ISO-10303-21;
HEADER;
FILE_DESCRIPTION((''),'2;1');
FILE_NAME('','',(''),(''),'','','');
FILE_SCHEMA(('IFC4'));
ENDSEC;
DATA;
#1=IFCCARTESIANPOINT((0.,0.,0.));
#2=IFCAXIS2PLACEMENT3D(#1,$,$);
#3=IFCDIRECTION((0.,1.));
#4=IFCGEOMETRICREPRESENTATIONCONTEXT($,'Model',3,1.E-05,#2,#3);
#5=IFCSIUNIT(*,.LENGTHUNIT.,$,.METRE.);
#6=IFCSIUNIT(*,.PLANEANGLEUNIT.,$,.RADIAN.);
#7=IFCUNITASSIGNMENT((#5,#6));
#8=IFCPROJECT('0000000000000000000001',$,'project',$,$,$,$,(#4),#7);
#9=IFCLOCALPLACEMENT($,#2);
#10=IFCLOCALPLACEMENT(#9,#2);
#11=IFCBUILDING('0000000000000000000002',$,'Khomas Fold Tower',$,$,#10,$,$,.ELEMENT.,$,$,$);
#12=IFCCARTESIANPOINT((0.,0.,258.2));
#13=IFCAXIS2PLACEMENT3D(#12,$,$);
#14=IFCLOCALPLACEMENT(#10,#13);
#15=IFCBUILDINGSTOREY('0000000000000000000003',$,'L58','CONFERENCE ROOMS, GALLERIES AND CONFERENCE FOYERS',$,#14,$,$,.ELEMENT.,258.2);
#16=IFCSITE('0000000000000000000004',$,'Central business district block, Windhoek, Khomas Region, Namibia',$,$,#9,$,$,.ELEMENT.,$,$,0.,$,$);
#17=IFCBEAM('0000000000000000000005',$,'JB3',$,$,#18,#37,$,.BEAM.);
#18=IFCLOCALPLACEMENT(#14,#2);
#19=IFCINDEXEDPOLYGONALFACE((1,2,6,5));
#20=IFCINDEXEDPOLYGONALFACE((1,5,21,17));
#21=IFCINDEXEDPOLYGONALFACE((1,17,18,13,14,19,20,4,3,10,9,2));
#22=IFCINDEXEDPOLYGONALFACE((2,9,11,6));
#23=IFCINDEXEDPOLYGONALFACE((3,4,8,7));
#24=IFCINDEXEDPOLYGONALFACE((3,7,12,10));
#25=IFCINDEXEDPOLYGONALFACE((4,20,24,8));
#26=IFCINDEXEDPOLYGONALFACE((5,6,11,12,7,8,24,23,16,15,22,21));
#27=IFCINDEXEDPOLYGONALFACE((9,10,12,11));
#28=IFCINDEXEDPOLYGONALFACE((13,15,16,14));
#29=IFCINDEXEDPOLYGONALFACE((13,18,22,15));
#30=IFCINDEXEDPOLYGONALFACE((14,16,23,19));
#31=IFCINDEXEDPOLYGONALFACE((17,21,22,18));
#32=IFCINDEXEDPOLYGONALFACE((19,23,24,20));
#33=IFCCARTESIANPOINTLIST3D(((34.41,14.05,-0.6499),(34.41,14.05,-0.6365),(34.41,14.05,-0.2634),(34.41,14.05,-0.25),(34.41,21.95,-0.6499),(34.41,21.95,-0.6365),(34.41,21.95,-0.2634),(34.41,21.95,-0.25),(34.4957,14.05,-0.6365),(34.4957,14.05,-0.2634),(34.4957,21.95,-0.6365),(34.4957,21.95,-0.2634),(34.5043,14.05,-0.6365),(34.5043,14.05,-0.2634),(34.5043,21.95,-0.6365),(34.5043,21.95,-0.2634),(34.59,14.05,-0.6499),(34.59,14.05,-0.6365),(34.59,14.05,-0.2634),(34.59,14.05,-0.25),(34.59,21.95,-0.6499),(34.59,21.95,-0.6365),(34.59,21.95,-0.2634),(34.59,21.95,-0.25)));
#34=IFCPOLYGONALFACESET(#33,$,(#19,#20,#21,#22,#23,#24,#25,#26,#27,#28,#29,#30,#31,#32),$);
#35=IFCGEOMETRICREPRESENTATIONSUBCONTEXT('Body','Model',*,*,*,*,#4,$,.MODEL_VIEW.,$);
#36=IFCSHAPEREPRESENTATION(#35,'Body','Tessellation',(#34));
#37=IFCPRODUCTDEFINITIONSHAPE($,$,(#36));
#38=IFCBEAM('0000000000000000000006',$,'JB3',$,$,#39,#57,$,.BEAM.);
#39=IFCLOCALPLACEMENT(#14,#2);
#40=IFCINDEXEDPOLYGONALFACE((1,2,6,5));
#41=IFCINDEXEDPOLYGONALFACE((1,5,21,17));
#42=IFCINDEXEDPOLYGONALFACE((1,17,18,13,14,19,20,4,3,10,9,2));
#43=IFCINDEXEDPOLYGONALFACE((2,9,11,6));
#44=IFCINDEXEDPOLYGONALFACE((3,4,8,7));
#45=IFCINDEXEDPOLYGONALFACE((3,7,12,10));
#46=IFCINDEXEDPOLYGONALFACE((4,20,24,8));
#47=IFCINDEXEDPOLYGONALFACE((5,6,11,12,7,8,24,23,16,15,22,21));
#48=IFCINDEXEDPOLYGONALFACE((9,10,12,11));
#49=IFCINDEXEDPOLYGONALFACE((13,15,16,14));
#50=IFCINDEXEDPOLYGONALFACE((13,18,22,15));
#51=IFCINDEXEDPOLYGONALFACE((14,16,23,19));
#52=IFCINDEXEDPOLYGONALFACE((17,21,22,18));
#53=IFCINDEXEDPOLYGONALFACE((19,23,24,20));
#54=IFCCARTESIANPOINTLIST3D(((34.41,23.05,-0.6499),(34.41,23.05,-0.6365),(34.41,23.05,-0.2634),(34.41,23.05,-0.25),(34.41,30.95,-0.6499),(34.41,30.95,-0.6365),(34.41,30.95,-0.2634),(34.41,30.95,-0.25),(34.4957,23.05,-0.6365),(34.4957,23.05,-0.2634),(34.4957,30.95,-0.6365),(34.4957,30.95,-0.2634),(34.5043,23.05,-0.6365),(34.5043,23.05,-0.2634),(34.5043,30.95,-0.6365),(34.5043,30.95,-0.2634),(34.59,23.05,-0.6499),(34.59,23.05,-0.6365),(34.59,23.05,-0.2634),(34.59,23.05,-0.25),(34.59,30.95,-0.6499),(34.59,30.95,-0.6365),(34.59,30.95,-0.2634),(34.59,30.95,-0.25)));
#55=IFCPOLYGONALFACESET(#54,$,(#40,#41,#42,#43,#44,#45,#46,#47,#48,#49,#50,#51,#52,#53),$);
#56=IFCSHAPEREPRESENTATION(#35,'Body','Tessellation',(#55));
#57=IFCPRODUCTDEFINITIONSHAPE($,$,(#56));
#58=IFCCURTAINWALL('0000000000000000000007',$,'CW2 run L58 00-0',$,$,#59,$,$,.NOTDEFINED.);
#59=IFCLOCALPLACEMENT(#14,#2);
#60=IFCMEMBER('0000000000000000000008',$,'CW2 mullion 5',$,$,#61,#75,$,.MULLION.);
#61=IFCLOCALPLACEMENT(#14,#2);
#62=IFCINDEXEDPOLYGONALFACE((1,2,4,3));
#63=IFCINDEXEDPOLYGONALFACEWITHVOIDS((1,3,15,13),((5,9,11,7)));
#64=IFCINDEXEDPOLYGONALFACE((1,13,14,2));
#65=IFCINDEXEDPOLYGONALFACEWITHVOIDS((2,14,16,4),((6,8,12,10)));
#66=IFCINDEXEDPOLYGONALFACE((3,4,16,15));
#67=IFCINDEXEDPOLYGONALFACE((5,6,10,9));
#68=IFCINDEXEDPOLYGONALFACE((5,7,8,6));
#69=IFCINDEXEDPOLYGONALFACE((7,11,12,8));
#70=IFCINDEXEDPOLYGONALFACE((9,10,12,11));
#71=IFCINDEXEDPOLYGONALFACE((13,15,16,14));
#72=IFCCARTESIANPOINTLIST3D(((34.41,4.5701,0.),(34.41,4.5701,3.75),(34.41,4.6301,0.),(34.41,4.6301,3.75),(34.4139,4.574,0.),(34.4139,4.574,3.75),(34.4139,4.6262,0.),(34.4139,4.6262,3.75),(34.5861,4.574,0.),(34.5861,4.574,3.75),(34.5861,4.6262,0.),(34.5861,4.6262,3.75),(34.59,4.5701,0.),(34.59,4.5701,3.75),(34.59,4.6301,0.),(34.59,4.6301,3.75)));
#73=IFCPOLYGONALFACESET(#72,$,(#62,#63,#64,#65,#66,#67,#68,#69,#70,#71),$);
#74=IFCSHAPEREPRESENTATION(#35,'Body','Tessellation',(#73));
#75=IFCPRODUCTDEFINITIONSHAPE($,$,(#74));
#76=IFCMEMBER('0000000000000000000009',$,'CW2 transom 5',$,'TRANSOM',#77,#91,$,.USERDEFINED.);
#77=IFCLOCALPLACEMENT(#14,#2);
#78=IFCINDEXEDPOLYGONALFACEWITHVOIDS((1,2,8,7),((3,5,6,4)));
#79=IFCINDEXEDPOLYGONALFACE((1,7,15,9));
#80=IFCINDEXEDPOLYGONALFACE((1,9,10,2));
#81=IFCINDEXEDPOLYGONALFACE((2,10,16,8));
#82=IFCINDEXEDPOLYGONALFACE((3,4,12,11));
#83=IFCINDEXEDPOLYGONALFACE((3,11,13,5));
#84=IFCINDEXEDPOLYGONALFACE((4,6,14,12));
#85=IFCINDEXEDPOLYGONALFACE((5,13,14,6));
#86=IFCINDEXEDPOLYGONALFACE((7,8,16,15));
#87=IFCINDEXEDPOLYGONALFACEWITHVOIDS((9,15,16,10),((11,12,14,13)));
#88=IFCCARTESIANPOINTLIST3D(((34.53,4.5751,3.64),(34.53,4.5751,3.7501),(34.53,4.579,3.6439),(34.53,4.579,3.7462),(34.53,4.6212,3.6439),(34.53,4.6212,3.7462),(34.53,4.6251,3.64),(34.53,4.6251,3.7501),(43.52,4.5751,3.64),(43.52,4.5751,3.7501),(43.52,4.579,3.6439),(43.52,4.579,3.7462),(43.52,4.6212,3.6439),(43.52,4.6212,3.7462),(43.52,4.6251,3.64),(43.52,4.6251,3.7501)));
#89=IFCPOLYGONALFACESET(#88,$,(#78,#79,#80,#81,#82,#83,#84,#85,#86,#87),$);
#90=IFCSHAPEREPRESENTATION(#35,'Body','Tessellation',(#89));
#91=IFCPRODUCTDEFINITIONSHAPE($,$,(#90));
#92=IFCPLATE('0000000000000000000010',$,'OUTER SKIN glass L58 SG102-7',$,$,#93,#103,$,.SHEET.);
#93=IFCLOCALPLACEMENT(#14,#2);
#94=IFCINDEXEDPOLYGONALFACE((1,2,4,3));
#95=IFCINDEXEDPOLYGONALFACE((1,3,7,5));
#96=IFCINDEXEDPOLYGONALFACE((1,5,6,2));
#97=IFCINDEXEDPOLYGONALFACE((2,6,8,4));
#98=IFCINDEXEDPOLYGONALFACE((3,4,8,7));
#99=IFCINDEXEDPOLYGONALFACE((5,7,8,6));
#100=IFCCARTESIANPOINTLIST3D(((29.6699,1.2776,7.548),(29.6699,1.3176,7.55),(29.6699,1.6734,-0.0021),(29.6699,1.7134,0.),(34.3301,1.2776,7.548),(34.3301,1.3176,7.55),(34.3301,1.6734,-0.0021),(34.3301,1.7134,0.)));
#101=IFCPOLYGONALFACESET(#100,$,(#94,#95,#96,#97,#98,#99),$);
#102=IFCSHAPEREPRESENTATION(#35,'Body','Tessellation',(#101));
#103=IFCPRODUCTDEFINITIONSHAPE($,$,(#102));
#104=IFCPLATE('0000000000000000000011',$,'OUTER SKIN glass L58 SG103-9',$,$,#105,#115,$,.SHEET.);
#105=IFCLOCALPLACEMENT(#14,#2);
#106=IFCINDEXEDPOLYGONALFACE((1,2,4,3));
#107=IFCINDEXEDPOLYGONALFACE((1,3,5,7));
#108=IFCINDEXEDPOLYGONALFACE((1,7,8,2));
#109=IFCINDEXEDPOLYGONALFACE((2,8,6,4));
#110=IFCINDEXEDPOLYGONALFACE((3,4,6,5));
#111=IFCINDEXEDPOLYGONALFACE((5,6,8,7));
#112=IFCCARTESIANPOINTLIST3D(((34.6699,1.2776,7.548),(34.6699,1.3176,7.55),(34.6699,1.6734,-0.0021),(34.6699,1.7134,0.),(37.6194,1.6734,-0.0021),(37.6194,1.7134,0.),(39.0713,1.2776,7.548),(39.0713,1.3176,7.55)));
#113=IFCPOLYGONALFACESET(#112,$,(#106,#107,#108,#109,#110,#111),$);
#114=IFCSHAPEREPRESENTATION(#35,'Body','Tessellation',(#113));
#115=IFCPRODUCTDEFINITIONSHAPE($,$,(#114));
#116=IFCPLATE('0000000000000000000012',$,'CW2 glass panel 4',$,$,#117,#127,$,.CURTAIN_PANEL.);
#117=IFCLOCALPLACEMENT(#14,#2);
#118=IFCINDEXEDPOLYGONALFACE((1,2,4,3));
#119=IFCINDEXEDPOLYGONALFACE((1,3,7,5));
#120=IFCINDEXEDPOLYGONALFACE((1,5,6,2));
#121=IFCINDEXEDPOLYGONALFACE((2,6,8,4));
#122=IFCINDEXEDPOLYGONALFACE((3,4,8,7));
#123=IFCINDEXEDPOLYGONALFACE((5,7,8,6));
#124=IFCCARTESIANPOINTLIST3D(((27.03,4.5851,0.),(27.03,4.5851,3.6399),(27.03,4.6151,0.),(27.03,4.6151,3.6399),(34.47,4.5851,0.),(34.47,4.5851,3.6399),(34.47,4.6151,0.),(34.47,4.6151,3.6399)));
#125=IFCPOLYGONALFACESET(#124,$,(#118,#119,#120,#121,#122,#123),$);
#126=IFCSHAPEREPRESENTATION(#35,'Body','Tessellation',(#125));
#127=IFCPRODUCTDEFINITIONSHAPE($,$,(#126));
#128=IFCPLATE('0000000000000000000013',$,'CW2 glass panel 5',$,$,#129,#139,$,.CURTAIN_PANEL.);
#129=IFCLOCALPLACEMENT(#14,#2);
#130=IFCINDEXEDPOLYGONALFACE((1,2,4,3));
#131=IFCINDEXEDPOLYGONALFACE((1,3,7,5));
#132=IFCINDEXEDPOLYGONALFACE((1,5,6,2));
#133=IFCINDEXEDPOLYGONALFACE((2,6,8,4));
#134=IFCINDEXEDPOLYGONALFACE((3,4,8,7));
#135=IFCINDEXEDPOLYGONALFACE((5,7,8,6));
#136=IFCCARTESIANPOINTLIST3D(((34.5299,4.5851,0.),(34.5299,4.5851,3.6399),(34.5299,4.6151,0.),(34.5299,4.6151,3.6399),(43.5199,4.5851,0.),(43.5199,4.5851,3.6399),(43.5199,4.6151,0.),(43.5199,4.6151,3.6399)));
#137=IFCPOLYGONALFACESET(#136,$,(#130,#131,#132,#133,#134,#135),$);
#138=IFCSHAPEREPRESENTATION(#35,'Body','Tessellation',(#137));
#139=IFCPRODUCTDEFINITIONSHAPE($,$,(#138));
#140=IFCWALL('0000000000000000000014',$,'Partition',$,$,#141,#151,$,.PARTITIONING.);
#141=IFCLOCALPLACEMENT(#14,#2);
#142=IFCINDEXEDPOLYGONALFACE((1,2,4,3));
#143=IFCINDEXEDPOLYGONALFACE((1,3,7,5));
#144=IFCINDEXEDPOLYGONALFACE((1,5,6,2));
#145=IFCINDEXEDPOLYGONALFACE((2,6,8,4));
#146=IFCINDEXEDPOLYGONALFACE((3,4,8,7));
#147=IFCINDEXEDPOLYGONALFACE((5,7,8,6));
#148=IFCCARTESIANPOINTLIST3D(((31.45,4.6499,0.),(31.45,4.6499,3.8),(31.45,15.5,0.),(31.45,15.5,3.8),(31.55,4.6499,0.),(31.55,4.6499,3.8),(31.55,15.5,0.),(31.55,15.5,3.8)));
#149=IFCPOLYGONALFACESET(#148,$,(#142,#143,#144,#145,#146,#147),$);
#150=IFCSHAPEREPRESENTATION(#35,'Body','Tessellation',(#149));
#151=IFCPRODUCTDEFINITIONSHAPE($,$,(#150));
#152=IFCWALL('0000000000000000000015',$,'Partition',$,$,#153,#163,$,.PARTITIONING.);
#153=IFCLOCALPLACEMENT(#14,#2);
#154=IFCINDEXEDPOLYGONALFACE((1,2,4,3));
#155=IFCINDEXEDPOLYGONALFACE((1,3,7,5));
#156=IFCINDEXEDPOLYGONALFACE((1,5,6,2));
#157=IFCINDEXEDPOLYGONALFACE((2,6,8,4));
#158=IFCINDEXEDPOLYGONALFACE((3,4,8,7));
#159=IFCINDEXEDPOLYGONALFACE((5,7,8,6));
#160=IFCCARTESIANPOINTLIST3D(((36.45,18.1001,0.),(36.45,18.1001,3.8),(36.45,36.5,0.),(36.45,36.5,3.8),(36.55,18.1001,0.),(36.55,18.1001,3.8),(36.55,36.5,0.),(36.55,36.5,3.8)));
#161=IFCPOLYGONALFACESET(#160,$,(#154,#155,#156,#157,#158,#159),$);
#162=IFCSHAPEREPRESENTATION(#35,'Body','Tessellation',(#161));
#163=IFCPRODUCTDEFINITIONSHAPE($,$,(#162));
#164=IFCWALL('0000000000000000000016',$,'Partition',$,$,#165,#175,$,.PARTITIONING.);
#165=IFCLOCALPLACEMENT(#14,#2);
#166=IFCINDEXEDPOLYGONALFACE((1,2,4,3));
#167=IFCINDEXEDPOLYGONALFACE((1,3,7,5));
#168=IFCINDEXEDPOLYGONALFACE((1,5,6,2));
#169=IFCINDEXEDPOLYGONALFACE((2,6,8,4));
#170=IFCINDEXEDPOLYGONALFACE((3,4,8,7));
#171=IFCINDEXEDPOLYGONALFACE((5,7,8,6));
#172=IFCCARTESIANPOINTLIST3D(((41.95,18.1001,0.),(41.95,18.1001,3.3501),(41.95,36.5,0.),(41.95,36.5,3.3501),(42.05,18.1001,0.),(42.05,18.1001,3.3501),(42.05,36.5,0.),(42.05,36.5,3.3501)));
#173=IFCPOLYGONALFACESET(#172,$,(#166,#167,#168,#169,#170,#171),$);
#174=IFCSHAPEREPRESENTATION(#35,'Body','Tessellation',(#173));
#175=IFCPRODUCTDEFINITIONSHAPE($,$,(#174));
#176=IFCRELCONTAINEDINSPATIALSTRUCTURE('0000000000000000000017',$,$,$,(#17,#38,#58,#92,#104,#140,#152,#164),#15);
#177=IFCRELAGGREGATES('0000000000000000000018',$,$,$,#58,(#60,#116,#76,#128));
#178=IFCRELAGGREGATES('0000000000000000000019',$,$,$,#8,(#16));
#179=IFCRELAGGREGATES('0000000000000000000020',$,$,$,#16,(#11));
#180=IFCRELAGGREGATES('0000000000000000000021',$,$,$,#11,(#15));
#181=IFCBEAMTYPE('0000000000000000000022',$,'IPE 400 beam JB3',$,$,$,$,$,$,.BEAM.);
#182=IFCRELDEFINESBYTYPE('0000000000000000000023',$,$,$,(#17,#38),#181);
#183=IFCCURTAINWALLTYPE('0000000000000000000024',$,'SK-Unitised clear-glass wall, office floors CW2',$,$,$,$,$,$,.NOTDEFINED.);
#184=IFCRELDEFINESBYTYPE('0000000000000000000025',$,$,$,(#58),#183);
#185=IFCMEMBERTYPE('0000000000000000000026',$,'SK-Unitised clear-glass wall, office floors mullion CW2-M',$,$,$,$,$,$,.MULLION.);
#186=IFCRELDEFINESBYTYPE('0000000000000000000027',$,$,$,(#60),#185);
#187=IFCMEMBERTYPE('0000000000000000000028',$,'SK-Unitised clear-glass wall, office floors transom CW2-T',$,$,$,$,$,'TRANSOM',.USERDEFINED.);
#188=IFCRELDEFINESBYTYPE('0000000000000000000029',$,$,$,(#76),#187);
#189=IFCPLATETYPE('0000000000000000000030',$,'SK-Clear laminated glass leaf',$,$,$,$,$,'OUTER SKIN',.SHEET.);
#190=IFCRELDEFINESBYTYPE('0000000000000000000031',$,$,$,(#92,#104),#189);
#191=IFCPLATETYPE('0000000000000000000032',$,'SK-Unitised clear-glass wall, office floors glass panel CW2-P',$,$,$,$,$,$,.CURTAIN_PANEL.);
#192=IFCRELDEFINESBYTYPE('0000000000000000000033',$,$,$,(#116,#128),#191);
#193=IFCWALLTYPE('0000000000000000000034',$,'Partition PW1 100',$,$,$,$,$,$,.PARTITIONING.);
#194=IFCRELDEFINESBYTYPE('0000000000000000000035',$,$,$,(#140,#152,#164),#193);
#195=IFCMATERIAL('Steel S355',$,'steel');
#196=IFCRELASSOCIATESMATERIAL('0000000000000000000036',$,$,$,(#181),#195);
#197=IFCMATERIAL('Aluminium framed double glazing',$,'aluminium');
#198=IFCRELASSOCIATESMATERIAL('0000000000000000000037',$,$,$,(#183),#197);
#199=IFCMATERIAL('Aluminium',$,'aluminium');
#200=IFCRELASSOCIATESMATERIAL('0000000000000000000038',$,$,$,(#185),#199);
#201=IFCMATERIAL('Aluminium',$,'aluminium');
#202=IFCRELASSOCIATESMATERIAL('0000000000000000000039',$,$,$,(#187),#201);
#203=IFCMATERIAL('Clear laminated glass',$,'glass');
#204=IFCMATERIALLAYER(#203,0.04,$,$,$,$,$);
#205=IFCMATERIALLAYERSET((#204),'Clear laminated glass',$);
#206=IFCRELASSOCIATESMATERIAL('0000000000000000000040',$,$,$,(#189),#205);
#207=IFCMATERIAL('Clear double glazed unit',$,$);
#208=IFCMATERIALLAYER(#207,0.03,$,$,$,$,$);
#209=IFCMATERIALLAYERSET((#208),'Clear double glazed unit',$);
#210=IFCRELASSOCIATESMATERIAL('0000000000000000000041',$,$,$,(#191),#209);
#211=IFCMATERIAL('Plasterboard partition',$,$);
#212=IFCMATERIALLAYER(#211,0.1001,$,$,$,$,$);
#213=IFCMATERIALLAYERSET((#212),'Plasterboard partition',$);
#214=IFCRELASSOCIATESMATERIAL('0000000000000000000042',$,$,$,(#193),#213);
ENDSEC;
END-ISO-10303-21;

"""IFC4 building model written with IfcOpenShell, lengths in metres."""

from ifc_helpers import new_model, si_unit, direction, frame, frame_2d, origin, origin_2d, place, context, subcontext, project, spatial, polyline, rectangle, hollow_rectangle, i_section, outline, extrude, source, transform, mapped, material, layer, layer_set, material_profile, profile_set, type_object, element, aggregate, save


model = new_model("IFC4")

# Units and contexts
model_context = context("Model", 3, precision=1e-05, world=origin(), true_north=direction((0.0, 1.0)))
body_context = subcontext(model_context, "Body", "Model", "MODEL_VIEW")
ifc_project = project(units=[si_unit("LENGTHUNIT", "METRE"), si_unit("PLANEANGLEUNIT", "RADIAN")], contexts=[model_context])

# Site, building, storey
site_placement = place(None, origin())
site = spatial("IfcSite", under=ifc_project, at=site_placement, Name="Central business district block, Windhoek, Khomas Region, Namibia", CompositionType="ELEMENT", RefElevation=0.0)
building_placement = place(site_placement, origin())
building = spatial("IfcBuilding", under=site, at=building_placement, Name="Khomas Fold Tower", CompositionType="ELEMENT")
storey_placement = place(building_placement, frame((0.0, 0.0, 258.2)))
storey = spatial("IfcBuildingStorey", under=building, at=storey_placement, Name="L58", Description="CONFERENCE ROOMS, GALLERIES AND CONFERENCE FOYERS", CompositionType="ELEMENT", Elevation=258.2)

# Beams
ifc_material_1 = material(Name="Steel S355", Category="steel")
ifc_material_profile_1 = material_profile(ifc_material_1, i_section(OverallWidth=0.1799, OverallDepth=0.3999, WebThickness=0.0085, FlangeThickness=0.0134, at=origin_2d()), Name="IPE 400")
ifc_profile_set_1 = profile_set([ifc_material_profile_1], Name="Steel S355")
beam_type_1 = type_object("IfcBeamType", Name="IPE 400 beam JB3", PredefinedType="BEAM", material=ifc_profile_set_1)
shared_shape_1 = source(origin(), body_context, "Body", "SweptSolid", [
    extrude(i_section(OverallWidth=0.1799, OverallDepth=0.3999, WebThickness=0.0085, FlangeThickness=0.0134, at=origin_2d()), origin(), (0.0, 0.0, 1.0), 7.8999),
])
for number, where, z_axis, x_axis, name in (
    (1, (34.5, 14.05, -0.45), (0.0, 1.0, 0.0), (-1.0, 0.0, 0.0), "JB3"),
    (2, (34.5, 23.05, -0.45), (0.0, 1.0, 0.0), (-1.0, 0.0, 0.0), "JB3"),
):
    element("IfcBeam", number, at=place(storey_placement, frame(where, z_axis=z_axis, x_axis=x_axis)), inside=storey, type_object=beam_type_1, Name=name, PredefinedType="BEAM", context=body_context, shape_type="MappedRepresentation", body=[
        mapped(shared_shape_1, transform((0.0, 0.0, 0.0))),
    ])

# Curtain wall, members
ifc_material_2 = material(Name="Aluminium framed double glazing", Category="aluminium")
curtain_wall_type = type_object("IfcCurtainWallType", Name="SK-Unitised clear-glass wall, office floors CW2", PredefinedType="NOTDEFINED", material=ifc_material_2)
curtain_wall_placement = place(storey_placement, origin())
curtain_wall = element("IfcCurtainWall", 3, at=curtain_wall_placement, inside=storey, type_object=curtain_wall_type, Name="CW2 run L58 00-0", PredefinedType="NOTDEFINED")
ifc_material_3 = material(Name="Aluminium", Category="aluminium")
ifc_material_profile_2 = material_profile(ifc_material_3, hollow_rectangle(XDim=0.0601, YDim=0.1799, WallThickness=0.0039, at=origin_2d()), Name="SK-Unitised clear-glass wall, office floors mullion CW2-M")
ifc_profile_set_2 = profile_set([ifc_material_profile_2], Name="Aluminium")
member_type_1 = type_object("IfcMemberType", Name="SK-Unitised clear-glass wall, office floors mullion CW2-M", PredefinedType="MULLION", material=ifc_profile_set_2)
shared_shape_2 = source(origin(), body_context, "Body", "SweptSolid", [
    extrude(hollow_rectangle(XDim=0.0601, YDim=0.1799, WallThickness=0.0039, at=origin_2d()), origin(), (0.0, 0.0, 1.0), 3.75),
])
member_1_placement = place(storey_placement, frame((34.5, 4.6001, 0.0), z_axis=(0.0, 0.0, 1.0), x_axis=(0.0, 1.0, 0.0)))
member_1 = element("IfcMember", 4, at=member_1_placement, type_object=member_type_1, Name="CW2 mullion 5", PredefinedType="MULLION", context=body_context, shape_type="MappedRepresentation", body=[
    mapped(shared_shape_2, transform((0.0, 0.0, 0.0))),
])
ifc_material_4 = material(Name="Aluminium", Category="aluminium")
ifc_material_profile_3 = material_profile(ifc_material_4, hollow_rectangle(XDim=0.05, YDim=0.1101, WallThickness=0.0039, at=origin_2d()), Name="SK-Unitised clear-glass wall, office floors transom CW2-T")
ifc_profile_set_3 = profile_set([ifc_material_profile_3], Name="Aluminium")
member_type_2 = type_object("IfcMemberType", Name="SK-Unitised clear-glass wall, office floors transom CW2-T", ElementType="TRANSOM", PredefinedType="USERDEFINED", material=ifc_profile_set_3)
shared_shape_3 = source(origin(), body_context, "Body", "SweptSolid", [
    extrude(hollow_rectangle(XDim=0.05, YDim=0.1101, WallThickness=0.0039, at=origin_2d()), origin(), (0.0, 0.0, 1.0), 8.99),
])
member_2_placement = place(storey_placement, frame((34.53, 4.6001, 3.6951), z_axis=(1.0, 0.0, 0.0), x_axis=(0.0, 1.0, 0.0)))
member_2 = element("IfcMember", 5, at=member_2_placement, type_object=member_type_2, Name="CW2 transom 5", ObjectType="TRANSOM", PredefinedType="USERDEFINED", context=body_context, shape_type="MappedRepresentation", body=[
    mapped(shared_shape_3, transform((0.0, 0.0, 0.0))),
])

# Plates
ifc_material_5 = material(Name="Clear laminated glass", Category="glass")
ifc_layer_1 = layer(ifc_material_5, 0.04)
ifc_layer_set_1 = layer_set([ifc_layer_1], Name="Clear laminated glass")
plate_type_1 = type_object("IfcPlateType", Name="SK-Clear laminated glass leaf", ElementType="OUTER SKIN", PredefinedType="SHEET", material=ifc_layer_set_1)
plate_1_placement = place(storey_placement, frame((29.6699, 1.7134, 0.0), z_axis=(0.0, 0.998629, 0.052345), x_axis=(0.0, -0.052345, 0.998629)))
element("IfcPlate", 6, at=plate_1_placement, inside=storey, type_object=plate_type_1, Name="OUTER SKIN glass L58 SG102-7", PredefinedType="SHEET", context=body_context, shape_type="SweptSolid", body=[
    extrude(outline(polyline([(0.0, 0.0), (7.5604, 0.0), (7.5604, 4.6602), (0.0, 4.6602), (0.0, 0.0)])), origin(), (0.0, 0.0, -1.0), 0.04),
])
plate_2_placement = place(storey_placement, frame((37.6194, 1.7134, 0.0), z_axis=(0.0, 0.998629, 0.052345), x_axis=(-1.0, 0.0, 0.0)))
element("IfcPlate", 7, at=plate_2_placement, inside=storey, type_object=plate_type_1, Name="OUTER SKIN glass L58 SG103-9", PredefinedType="SHEET", context=body_context, shape_type="SweptSolid", body=[
    extrude(outline(polyline([(0.0, 0.0), (2.9495, 0.0), (2.9495, 7.5604), (-1.4519, 7.5604), (0.0, 0.0)])), origin(), (0.0, 0.0, -1.0), 0.04),
])

# Plates
ifc_material_6 = material(Name="Clear double glazed unit")
ifc_layer_2 = layer(ifc_material_6, 0.03)
ifc_layer_set_2 = layer_set([ifc_layer_2], Name="Clear double glazed unit")
plate_type_2 = type_object("IfcPlateType", Name="SK-Unitised clear-glass wall, office floors glass panel CW2-P", PredefinedType="CURTAIN_PANEL", material=ifc_layer_set_2)
shared_shape_4 = source(origin(), body_context, "Body", "SweptSolid", [
    extrude(rectangle(XDim=7.4399, YDim=0.03, at=origin_2d()), origin(), (0.0, 0.0, 1.0), 3.6399),
])
plate_3_placement = place(storey_placement, frame((30.75, 4.6001, 0.0), z_axis=(0.0, 0.0, 1.0), x_axis=(1.0, 0.0, 0.0)))
plate_3 = element("IfcPlate", 8, at=plate_3_placement, type_object=plate_type_2, Name="CW2 glass panel 4", PredefinedType="CURTAIN_PANEL", context=body_context, shape_type="MappedRepresentation", body=[
    mapped(shared_shape_4, transform((0.0, 0.0, 0.0))),
])
shared_shape_5 = source(origin(), body_context, "Body", "SweptSolid", [
    extrude(rectangle(XDim=8.99, YDim=0.03, at=origin_2d()), origin(), (0.0, 0.0, 1.0), 3.6399),
])
plate_4_placement = place(storey_placement, frame((39.0249, 4.6001, 0.0), z_axis=(0.0, 0.0, 1.0), x_axis=(1.0, 0.0, 0.0)))
plate_4 = element("IfcPlate", 9, at=plate_4_placement, type_object=plate_type_2, Name="CW2 glass panel 5", PredefinedType="CURTAIN_PANEL", context=body_context, shape_type="MappedRepresentation", body=[
    mapped(shared_shape_5, transform((0.0, 0.0, 0.0))),
])
aggregate(curtain_wall, [member_1, plate_3, member_2, plate_4])

# Walls
ifc_material_7 = material(Name="Plasterboard partition")
ifc_layer_3 = layer(ifc_material_7, 0.1001)
ifc_layer_set_3 = layer_set([ifc_layer_3], Name="Plasterboard partition")
wall_type = type_object("IfcWallType", Name="Partition PW1 100", PredefinedType="PARTITIONING", material=ifc_layer_set_3)
shared_shape_6 = source(origin(), body_context, "Body", "SweptSolid", [
    extrude(rectangle(XDim=10.8501, YDim=0.1001, at=frame_2d((5.425, 0.0))), origin(), (0.0, 0.0, 1.0), 3.8),
])
wall_1_placement = place(storey_placement, frame((31.5, 4.6499, 0.0), z_axis=(0.0, 0.0, 1.0), x_axis=(0.0, 1.0, 0.0)))
element("IfcWall", 10, at=wall_1_placement, inside=storey, type_object=wall_type, Name="Partition", PredefinedType="PARTITIONING", context=body_context, shape_type="MappedRepresentation", body=[
    mapped(shared_shape_6, transform((0.0, 0.0, 0.0))),
])
shared_shape_7 = source(origin(), body_context, "Body", "SweptSolid", [
    extrude(rectangle(XDim=18.3999, YDim=0.1001, at=frame_2d((9.2, 0.0))), origin(), (0.0, 0.0, 1.0), 3.8),
])
wall_2_placement = place(storey_placement, frame((36.5, 18.1001, 0.0), z_axis=(0.0, 0.0, 1.0), x_axis=(0.0, 1.0, 0.0)))
element("IfcWall", 11, at=wall_2_placement, inside=storey, type_object=wall_type, Name="Partition", PredefinedType="PARTITIONING", context=body_context, shape_type="MappedRepresentation", body=[
    mapped(shared_shape_7, transform((0.0, 0.0, 0.0))),
])
shared_shape_8 = source(origin(), body_context, "Body", "SweptSolid", [
    extrude(rectangle(XDim=18.3999, YDim=0.1001, at=frame_2d((9.2, 0.0))), origin(), (0.0, 0.0, 1.0), 3.3501),
])
wall_3_placement = place(storey_placement, frame((42.0, 18.1001, 0.0), z_axis=(0.0, 0.0, 1.0), x_axis=(0.0, 1.0, 0.0)))
element("IfcWall", 12, at=wall_3_placement, inside=storey, type_object=wall_type, Name="Partition", PredefinedType="PARTITIONING", context=body_context, shape_type="MappedRepresentation", body=[
    mapped(shared_shape_8, transform((0.0, 0.0, 0.0))),
])

save(model, "model.ifc")
